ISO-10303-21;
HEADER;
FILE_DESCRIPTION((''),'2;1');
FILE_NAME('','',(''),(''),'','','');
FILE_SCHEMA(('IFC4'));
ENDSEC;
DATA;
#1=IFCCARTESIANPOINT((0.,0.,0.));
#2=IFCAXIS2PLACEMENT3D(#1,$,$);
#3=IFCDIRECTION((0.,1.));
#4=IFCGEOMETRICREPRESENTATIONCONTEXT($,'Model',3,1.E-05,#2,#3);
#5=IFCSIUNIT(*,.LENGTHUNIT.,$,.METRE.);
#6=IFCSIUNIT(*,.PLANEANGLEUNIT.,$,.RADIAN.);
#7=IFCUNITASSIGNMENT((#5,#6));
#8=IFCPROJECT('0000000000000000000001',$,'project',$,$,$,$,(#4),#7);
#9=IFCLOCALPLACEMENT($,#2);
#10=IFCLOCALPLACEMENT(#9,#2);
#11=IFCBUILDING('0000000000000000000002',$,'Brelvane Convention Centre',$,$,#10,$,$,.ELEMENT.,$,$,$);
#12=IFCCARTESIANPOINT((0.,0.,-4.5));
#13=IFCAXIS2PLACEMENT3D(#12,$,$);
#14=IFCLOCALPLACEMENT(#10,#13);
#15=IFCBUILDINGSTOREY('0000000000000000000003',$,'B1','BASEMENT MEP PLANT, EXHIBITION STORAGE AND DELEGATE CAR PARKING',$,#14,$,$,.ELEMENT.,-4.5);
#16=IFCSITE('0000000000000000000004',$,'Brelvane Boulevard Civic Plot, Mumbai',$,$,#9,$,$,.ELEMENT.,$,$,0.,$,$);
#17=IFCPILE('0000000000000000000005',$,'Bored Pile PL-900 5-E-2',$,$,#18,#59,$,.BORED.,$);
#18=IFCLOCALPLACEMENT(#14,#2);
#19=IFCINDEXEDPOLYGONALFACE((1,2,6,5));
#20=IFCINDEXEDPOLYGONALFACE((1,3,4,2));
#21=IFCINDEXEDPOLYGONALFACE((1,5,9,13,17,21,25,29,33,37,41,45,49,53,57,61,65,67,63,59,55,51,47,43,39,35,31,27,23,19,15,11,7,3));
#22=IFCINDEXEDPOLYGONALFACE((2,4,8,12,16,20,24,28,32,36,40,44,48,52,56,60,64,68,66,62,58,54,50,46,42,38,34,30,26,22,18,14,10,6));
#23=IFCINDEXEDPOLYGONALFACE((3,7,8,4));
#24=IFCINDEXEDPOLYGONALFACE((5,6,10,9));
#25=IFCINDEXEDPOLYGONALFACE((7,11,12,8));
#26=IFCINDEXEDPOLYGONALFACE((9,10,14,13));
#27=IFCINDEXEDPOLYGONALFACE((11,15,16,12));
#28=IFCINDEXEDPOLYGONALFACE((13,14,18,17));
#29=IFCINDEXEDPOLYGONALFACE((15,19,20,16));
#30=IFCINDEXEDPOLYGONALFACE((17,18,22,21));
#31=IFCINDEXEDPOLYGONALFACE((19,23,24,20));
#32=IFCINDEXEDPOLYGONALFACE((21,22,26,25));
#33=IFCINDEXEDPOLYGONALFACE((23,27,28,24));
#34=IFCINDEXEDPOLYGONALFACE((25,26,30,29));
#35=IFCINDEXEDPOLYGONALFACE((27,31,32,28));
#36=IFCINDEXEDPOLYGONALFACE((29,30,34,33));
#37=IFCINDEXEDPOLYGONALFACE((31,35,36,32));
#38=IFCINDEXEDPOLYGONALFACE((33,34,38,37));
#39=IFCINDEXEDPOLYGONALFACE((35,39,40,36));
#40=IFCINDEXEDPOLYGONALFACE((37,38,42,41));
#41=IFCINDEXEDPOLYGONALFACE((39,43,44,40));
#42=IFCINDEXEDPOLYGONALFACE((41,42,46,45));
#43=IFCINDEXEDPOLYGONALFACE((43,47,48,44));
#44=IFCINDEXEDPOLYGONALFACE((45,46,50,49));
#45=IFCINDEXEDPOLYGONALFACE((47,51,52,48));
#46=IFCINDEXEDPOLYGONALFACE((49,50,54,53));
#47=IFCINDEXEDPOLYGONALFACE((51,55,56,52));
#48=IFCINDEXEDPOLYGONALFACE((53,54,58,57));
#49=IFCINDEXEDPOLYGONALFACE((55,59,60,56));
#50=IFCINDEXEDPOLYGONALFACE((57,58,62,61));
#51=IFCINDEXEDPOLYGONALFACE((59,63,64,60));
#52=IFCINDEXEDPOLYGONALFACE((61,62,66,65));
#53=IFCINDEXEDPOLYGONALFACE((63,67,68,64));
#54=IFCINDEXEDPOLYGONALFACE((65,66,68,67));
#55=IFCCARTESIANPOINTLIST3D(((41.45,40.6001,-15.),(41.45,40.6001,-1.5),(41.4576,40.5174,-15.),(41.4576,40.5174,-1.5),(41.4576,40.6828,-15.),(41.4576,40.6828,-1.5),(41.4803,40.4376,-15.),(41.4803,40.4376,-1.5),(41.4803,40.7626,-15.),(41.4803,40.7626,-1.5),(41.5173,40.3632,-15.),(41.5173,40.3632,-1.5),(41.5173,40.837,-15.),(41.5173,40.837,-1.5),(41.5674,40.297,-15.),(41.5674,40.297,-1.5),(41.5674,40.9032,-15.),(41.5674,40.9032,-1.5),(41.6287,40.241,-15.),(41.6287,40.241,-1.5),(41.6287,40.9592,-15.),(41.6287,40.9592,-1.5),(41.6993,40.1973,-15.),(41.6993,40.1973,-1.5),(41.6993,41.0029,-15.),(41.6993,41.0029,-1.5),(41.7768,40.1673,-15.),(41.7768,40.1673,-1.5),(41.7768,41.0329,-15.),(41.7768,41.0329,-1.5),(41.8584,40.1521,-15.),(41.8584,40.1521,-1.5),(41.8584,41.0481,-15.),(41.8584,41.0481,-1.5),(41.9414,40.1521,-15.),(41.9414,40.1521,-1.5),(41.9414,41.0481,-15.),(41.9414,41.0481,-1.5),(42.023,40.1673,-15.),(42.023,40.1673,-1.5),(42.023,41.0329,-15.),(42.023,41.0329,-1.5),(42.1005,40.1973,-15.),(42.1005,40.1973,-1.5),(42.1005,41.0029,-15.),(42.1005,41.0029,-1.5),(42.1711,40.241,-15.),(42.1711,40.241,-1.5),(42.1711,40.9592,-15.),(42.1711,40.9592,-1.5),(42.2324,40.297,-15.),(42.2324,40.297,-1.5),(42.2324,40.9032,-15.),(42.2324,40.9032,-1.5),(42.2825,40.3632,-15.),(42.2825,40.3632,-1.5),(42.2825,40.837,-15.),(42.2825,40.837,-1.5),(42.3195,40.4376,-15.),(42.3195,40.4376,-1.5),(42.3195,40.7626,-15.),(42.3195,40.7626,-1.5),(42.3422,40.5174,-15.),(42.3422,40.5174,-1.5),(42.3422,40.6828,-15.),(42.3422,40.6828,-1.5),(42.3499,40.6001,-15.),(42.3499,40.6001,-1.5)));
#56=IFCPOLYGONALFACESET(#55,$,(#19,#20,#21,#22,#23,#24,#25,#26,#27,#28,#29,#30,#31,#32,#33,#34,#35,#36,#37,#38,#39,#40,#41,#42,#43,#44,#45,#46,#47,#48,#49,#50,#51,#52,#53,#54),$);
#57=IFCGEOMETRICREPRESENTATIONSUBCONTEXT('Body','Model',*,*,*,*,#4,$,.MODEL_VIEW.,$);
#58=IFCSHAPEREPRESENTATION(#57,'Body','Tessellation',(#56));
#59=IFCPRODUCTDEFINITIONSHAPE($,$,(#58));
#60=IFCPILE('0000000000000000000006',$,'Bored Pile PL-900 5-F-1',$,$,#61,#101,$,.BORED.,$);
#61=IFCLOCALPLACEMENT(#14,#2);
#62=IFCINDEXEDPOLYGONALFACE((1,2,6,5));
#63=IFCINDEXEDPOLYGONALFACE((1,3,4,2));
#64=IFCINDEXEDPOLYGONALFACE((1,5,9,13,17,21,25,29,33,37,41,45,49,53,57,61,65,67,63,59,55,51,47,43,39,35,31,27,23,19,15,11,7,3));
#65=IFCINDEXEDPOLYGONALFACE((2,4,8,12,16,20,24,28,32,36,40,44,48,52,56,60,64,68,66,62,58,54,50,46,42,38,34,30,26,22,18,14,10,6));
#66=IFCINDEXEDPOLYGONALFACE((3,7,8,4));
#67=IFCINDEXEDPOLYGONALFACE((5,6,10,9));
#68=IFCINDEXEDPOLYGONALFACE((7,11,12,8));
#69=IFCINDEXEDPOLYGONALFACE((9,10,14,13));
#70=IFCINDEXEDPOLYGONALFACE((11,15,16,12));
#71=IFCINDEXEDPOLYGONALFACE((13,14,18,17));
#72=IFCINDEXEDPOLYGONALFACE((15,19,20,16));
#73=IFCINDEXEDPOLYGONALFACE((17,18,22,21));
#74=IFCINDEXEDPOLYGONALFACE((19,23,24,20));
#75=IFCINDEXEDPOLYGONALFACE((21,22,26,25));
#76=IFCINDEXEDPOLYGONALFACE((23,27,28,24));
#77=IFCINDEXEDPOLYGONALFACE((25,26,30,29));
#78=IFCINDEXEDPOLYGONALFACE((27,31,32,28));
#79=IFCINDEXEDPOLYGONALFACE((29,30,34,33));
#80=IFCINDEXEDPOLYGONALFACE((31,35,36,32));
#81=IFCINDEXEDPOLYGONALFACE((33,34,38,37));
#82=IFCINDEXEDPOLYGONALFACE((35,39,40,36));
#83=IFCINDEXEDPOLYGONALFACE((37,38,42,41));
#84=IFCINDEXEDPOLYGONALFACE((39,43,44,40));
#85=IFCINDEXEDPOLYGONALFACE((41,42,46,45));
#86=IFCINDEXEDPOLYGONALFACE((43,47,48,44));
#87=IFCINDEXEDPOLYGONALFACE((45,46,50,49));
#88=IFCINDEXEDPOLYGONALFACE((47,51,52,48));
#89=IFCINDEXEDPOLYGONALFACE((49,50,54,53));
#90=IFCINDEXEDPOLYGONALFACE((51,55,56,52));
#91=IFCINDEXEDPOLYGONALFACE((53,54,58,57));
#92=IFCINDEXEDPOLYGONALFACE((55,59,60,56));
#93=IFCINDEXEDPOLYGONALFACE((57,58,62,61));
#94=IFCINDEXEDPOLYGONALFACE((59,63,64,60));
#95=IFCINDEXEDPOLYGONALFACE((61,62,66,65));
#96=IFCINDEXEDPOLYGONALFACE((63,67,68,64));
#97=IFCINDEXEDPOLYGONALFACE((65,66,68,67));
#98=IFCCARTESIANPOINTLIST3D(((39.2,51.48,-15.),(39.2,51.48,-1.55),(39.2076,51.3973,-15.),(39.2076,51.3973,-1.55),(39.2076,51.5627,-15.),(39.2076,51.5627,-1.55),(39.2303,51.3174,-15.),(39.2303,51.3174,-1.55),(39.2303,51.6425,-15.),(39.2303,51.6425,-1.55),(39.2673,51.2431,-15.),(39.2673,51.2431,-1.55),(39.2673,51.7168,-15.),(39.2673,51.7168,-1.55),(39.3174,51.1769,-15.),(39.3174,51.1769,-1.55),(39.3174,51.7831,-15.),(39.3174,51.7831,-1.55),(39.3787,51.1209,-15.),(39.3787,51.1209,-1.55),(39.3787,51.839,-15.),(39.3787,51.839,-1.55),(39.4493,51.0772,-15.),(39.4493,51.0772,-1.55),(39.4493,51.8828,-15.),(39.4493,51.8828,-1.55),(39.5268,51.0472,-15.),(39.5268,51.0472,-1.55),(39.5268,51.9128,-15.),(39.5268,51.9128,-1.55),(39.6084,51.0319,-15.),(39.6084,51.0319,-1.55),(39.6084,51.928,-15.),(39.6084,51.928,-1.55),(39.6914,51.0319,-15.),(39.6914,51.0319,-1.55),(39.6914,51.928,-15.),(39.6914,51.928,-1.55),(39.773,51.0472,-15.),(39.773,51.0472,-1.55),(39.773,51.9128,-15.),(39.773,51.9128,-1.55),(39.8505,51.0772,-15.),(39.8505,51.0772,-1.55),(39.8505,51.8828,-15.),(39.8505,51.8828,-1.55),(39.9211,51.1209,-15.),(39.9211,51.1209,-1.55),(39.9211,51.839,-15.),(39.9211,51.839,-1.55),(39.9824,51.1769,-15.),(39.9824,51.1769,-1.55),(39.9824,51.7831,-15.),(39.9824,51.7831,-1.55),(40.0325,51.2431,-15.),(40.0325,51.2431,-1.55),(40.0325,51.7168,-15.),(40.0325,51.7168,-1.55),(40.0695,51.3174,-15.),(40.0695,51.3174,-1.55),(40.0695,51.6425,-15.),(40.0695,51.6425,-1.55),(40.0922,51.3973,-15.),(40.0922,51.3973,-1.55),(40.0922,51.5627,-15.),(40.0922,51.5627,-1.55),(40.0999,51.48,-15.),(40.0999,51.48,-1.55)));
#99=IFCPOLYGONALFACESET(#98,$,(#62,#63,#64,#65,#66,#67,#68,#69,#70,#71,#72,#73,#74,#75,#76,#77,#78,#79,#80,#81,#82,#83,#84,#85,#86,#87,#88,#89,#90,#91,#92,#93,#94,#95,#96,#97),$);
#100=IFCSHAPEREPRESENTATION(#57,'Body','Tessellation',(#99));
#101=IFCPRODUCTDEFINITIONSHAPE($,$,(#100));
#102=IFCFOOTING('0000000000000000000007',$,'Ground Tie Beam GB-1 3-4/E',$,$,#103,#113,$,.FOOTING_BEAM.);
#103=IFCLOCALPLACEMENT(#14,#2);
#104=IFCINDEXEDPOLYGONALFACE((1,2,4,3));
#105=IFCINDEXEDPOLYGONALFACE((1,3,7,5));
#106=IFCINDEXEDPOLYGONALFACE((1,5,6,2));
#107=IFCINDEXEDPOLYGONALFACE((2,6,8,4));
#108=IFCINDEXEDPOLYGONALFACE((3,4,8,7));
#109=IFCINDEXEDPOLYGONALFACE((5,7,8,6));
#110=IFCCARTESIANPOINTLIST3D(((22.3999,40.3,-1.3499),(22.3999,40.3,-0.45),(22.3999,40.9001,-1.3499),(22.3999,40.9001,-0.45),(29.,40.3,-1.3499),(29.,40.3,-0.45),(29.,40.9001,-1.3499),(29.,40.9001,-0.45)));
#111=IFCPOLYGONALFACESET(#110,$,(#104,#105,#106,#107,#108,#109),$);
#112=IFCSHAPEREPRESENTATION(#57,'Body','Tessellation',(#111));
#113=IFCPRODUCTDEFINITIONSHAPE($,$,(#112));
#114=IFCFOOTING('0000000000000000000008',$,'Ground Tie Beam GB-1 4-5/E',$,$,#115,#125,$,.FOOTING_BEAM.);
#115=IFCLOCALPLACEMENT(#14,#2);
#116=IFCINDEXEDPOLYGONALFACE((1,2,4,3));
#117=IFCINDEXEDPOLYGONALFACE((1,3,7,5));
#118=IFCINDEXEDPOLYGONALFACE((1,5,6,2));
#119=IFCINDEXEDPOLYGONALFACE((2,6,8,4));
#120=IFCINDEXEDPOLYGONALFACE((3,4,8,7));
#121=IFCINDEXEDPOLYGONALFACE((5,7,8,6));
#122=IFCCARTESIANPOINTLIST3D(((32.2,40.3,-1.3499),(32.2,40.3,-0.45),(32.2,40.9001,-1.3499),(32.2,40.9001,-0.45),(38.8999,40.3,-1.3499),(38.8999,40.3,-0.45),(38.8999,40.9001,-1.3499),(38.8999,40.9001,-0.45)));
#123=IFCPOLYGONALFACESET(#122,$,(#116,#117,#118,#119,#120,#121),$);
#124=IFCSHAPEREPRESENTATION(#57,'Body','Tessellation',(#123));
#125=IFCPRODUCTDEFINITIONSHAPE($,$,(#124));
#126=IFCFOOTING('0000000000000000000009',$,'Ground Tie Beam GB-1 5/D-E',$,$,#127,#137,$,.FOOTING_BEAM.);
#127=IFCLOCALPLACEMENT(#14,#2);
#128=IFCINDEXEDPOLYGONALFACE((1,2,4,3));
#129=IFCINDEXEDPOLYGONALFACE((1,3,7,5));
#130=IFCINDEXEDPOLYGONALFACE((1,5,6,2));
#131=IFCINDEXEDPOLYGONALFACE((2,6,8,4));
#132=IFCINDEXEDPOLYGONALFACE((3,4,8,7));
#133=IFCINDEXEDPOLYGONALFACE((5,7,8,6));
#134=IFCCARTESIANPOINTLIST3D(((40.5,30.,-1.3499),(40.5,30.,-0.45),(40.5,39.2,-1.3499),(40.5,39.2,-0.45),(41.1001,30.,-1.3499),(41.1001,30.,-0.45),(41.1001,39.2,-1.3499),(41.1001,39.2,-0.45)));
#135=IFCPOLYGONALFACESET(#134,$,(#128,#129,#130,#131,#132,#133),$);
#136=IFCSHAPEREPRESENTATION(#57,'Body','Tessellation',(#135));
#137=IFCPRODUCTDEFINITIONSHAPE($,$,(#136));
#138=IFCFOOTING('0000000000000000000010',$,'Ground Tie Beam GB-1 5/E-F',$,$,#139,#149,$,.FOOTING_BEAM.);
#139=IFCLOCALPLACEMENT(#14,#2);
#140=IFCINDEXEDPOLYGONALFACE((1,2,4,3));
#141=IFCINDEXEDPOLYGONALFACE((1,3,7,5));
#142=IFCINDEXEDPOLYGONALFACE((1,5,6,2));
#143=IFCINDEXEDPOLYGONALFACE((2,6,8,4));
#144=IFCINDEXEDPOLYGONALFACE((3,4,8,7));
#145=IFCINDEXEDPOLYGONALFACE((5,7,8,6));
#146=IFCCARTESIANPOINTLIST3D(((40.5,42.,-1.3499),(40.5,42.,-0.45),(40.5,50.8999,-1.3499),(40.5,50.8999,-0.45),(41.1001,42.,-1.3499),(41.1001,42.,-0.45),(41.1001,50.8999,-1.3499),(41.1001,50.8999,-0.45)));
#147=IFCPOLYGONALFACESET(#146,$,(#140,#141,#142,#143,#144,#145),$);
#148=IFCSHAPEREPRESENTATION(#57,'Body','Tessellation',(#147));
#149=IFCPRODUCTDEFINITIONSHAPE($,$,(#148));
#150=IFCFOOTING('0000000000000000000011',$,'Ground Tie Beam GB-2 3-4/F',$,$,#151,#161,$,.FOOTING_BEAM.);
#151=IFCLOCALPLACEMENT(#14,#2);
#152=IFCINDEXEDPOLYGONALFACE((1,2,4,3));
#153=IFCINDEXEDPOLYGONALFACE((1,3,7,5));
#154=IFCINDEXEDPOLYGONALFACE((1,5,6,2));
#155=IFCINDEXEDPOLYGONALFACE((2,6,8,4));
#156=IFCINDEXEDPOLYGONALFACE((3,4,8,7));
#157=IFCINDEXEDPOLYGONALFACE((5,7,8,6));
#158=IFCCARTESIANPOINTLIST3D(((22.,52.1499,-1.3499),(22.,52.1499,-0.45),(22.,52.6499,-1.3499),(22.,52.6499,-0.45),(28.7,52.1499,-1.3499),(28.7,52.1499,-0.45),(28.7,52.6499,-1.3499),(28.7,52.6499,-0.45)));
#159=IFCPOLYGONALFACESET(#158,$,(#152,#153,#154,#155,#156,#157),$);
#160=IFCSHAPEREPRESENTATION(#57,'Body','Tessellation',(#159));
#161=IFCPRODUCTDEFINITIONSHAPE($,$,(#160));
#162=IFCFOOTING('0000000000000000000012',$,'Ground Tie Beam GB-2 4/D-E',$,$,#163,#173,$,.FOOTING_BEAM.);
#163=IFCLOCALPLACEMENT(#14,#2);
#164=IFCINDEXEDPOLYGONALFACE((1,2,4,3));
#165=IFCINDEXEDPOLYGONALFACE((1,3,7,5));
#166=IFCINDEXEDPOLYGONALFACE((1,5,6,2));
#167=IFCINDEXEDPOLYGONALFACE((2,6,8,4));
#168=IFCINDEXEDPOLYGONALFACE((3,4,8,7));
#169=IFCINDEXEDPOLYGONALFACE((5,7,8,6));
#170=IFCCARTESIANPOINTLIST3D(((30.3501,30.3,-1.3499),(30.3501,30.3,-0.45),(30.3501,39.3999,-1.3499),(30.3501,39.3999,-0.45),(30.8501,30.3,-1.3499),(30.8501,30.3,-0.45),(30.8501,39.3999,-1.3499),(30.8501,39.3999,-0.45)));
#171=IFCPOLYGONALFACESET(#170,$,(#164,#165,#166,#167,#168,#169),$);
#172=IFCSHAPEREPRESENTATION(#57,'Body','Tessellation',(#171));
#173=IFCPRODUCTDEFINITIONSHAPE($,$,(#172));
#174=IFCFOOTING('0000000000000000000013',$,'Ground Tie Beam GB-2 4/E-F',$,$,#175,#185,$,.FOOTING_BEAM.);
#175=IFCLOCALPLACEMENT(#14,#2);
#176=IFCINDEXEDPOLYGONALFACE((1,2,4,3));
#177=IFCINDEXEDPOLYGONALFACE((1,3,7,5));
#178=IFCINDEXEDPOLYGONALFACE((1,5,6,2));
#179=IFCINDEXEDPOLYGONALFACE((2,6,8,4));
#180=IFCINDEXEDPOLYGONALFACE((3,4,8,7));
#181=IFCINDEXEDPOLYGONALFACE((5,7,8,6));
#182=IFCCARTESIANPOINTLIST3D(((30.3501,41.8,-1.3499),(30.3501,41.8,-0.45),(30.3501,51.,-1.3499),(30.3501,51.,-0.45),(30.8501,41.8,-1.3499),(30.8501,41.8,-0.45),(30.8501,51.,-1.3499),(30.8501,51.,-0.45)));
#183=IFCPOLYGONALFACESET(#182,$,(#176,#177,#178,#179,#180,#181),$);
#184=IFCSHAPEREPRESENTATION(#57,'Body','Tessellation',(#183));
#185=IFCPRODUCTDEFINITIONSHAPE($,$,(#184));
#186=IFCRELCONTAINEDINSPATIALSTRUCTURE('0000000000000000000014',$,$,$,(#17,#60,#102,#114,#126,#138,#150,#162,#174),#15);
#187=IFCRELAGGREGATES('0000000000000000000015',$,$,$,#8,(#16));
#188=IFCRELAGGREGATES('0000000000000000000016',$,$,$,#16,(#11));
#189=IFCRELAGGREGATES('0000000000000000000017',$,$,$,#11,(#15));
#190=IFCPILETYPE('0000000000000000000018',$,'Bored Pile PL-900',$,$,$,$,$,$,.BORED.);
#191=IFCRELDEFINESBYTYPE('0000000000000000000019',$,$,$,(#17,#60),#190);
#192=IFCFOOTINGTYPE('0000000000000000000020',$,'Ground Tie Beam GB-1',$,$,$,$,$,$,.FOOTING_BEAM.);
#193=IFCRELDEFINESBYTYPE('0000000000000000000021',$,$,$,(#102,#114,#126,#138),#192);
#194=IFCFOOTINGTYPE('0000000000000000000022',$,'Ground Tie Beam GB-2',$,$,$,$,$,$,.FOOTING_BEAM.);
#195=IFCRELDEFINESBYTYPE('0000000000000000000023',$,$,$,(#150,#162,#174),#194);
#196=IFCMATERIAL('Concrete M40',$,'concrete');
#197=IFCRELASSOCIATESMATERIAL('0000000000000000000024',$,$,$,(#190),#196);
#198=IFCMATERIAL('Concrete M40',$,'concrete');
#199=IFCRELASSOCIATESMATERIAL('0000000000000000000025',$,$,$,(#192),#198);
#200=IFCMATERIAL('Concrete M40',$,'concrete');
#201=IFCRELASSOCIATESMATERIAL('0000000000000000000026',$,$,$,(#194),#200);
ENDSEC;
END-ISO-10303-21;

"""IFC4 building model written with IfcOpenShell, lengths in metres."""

from ifc_helpers import new_model, si_unit, direction, frame, origin, origin_2d, place, context, subcontext, project, spatial, rectangle, circle, extrude, material, material_profile, profile_set, type_object, element, save


model = new_model("IFC4")

# Units and contexts
model_context = context("Model", 3, precision=1e-05, world=origin(), true_north=direction((0.0, 1.0)))
body_context = subcontext(model_context, "Body", "Model", "MODEL_VIEW")
ifc_project = project(units=[si_unit("LENGTHUNIT", "METRE"), si_unit("PLANEANGLEUNIT", "RADIAN")], contexts=[model_context])

# Site, building, storey
site_placement = place(None, origin())
site = spatial("IfcSite", under=ifc_project, at=site_placement, Name="Brelvane Boulevard Civic Plot, Mumbai", CompositionType="ELEMENT", RefElevation=0.0)
building_placement = place(site_placement, origin())
building = spatial("IfcBuilding", under=site, at=building_placement, Name="Brelvane Convention Centre", CompositionType="ELEMENT")
storey_placement = place(building_placement, frame((0.0, 0.0, -4.5)))
storey = spatial("IfcBuildingStorey", under=building, at=storey_placement, Name="B1", Description="BASEMENT MEP PLANT, EXHIBITION STORAGE AND DELEGATE CAR PARKING", CompositionType="ELEMENT", Elevation=-4.5)

# Piles
ifc_material_1 = material(Name="Concrete M40", Category="concrete")
ifc_material_profile_1 = material_profile(ifc_material_1, circle(Radius=0.45, at=origin_2d()), Name="PILE D900")
ifc_profile_set_1 = profile_set([ifc_material_profile_1], Name="Concrete M40")
pile_type = type_object("IfcPileType", Name="Bored Pile PL-900", PredefinedType="BORED", material=ifc_profile_set_1)
for number, where, z_axis, x_axis, name in (
    (1, (41.8999, 40.6001, -1.5), (0.0, 0.0, -1.0), (1.0, 0.0, 0.0), "Bored Pile PL-900 5-E-2"),
):
    element("IfcPile", number, at=place(storey_placement, frame(where, z_axis=z_axis, x_axis=x_axis)), inside=storey, type_object=pile_type, Name=name, PredefinedType="BORED", context=body_context, shape_type="SweptSolid", body=[
        extrude(circle(Radius=0.45, at=origin_2d()), origin(), (0.0, 0.0, 1.0), 13.5),
    ])
pile_placement = place(storey_placement, frame((39.6499, 51.48, -1.55), z_axis=(0.0, 0.0, -1.0), x_axis=(1.0, 0.0, 0.0)))
element("IfcPile", 2, at=pile_placement, inside=storey, type_object=pile_type, Name="Bored Pile PL-900 5-F-1", PredefinedType="BORED", context=body_context, shape_type="SweptSolid", body=[
    extrude(circle(Radius=0.45, at=origin_2d()), origin(), (0.0, 0.0, 1.0), 13.45),
])

# Footings
ifc_material_2 = material(Name="Concrete M40", Category="concrete")
ifc_material_profile_2 = material_profile(ifc_material_2, rectangle(XDim=0.6001, YDim=0.8999, at=origin_2d()), Name="RC 600x900")
ifc_profile_set_2 = profile_set([ifc_material_profile_2], Name="Concrete M40")
footing_type_1 = type_object("IfcFootingType", Name="Ground Tie Beam GB-1", PredefinedType="FOOTING_BEAM", material=ifc_profile_set_2)
footing_1_placement = place(storey_placement, frame((22.3999, 40.6001, -0.8999), z_axis=(1.0, 0.0, 0.0), x_axis=(0.0, 1.0, 0.0)))
element("IfcFooting", 3, at=footing_1_placement, inside=storey, type_object=footing_type_1, Name="Ground Tie Beam GB-1 3-4/E", PredefinedType="FOOTING_BEAM", context=body_context, shape_type="SweptSolid", body=[
    extrude(rectangle(XDim=0.6001, YDim=0.8999, at=origin_2d()), origin(), (0.0, 0.0, 1.0), 6.6001),
])
footing_2_placement = place(storey_placement, frame((32.2, 40.6001, -0.8999), z_axis=(1.0, 0.0, 0.0), x_axis=(0.0, 1.0, 0.0)))
element("IfcFooting", 4, at=footing_2_placement, inside=storey, type_object=footing_type_1, Name="Ground Tie Beam GB-1 4-5/E", PredefinedType="FOOTING_BEAM", context=body_context, shape_type="SweptSolid", body=[
    extrude(rectangle(XDim=0.6001, YDim=0.8999, at=origin_2d()), origin(), (0.0, 0.0, 1.0), 6.7),
])
footing_3_placement = place(storey_placement, frame((40.8, 30.0, -0.8999), z_axis=(0.0, 1.0, 0.0), x_axis=(-1.0, 0.0, 0.0)))
element("IfcFooting", 5, at=footing_3_placement, inside=storey, type_object=footing_type_1, Name="Ground Tie Beam GB-1 5/D-E", PredefinedType="FOOTING_BEAM", context=body_context, shape_type="SweptSolid", body=[
    extrude(rectangle(XDim=0.6001, YDim=0.8999, at=origin_2d()), origin(), (0.0, 0.0, 1.0), 9.2),
])
footing_4_placement = place(storey_placement, frame((40.8, 42.0, -0.8999), z_axis=(0.0, 1.0, 0.0), x_axis=(-1.0, 0.0, 0.0)))
element("IfcFooting", 6, at=footing_4_placement, inside=storey, type_object=footing_type_1, Name="Ground Tie Beam GB-1 5/E-F", PredefinedType="FOOTING_BEAM", context=body_context, shape_type="SweptSolid", body=[
    extrude(rectangle(XDim=0.6001, YDim=0.8999, at=origin_2d()), origin(), (0.0, 0.0, 1.0), 8.8999),
])
ifc_material_3 = material(Name="Concrete M40", Category="concrete")
ifc_material_profile_3 = material_profile(ifc_material_3, rectangle(XDim=0.5, YDim=0.8999, at=origin_2d()), Name="RC 500x900")
ifc_profile_set_3 = profile_set([ifc_material_profile_3], Name="Concrete M40")
footing_type_2 = type_object("IfcFootingType", Name="Ground Tie Beam GB-2", PredefinedType="FOOTING_BEAM", material=ifc_profile_set_3)
footing_5_placement = place(storey_placement, frame((22.0, 52.3999, -0.8999), z_axis=(1.0, 0.0, 0.0), x_axis=(0.0, 1.0, 0.0)))
element("IfcFooting", 7, at=footing_5_placement, inside=storey, type_object=footing_type_2, Name="Ground Tie Beam GB-2 3-4/F", PredefinedType="FOOTING_BEAM", context=body_context, shape_type="SweptSolid", body=[
    extrude(rectangle(XDim=0.5, YDim=0.8999, at=origin_2d()), origin(), (0.0, 0.0, 1.0), 6.7),
])
footing_6_placement = place(storey_placement, frame((30.6001, 30.3, -0.8999), z_axis=(0.0, 1.0, 0.0), x_axis=(-1.0, 0.0, 0.0)))
element("IfcFooting", 8, at=footing_6_placement, inside=storey, type_object=footing_type_2, Name="Ground Tie Beam GB-2 4/D-E", PredefinedType="FOOTING_BEAM", context=body_context, shape_type="SweptSolid", body=[
    extrude(rectangle(XDim=0.5, YDim=0.8999, at=origin_2d()), origin(), (0.0, 0.0, 1.0), 9.0999),
])
footing_7_placement = place(storey_placement, frame((30.6001, 41.8, -0.8999), z_axis=(0.0, 1.0, 0.0), x_axis=(-1.0, 0.0, 0.0)))
element("IfcFooting", 9, at=footing_7_placement, inside=storey, type_object=footing_type_2, Name="Ground Tie Beam GB-2 4/E-F", PredefinedType="FOOTING_BEAM", context=body_context, shape_type="SweptSolid", body=[
    extrude(rectangle(XDim=0.5, YDim=0.8999, at=origin_2d()), origin(), (0.0, 0.0, 1.0), 9.2),
])

save(model, "model.ifc")
